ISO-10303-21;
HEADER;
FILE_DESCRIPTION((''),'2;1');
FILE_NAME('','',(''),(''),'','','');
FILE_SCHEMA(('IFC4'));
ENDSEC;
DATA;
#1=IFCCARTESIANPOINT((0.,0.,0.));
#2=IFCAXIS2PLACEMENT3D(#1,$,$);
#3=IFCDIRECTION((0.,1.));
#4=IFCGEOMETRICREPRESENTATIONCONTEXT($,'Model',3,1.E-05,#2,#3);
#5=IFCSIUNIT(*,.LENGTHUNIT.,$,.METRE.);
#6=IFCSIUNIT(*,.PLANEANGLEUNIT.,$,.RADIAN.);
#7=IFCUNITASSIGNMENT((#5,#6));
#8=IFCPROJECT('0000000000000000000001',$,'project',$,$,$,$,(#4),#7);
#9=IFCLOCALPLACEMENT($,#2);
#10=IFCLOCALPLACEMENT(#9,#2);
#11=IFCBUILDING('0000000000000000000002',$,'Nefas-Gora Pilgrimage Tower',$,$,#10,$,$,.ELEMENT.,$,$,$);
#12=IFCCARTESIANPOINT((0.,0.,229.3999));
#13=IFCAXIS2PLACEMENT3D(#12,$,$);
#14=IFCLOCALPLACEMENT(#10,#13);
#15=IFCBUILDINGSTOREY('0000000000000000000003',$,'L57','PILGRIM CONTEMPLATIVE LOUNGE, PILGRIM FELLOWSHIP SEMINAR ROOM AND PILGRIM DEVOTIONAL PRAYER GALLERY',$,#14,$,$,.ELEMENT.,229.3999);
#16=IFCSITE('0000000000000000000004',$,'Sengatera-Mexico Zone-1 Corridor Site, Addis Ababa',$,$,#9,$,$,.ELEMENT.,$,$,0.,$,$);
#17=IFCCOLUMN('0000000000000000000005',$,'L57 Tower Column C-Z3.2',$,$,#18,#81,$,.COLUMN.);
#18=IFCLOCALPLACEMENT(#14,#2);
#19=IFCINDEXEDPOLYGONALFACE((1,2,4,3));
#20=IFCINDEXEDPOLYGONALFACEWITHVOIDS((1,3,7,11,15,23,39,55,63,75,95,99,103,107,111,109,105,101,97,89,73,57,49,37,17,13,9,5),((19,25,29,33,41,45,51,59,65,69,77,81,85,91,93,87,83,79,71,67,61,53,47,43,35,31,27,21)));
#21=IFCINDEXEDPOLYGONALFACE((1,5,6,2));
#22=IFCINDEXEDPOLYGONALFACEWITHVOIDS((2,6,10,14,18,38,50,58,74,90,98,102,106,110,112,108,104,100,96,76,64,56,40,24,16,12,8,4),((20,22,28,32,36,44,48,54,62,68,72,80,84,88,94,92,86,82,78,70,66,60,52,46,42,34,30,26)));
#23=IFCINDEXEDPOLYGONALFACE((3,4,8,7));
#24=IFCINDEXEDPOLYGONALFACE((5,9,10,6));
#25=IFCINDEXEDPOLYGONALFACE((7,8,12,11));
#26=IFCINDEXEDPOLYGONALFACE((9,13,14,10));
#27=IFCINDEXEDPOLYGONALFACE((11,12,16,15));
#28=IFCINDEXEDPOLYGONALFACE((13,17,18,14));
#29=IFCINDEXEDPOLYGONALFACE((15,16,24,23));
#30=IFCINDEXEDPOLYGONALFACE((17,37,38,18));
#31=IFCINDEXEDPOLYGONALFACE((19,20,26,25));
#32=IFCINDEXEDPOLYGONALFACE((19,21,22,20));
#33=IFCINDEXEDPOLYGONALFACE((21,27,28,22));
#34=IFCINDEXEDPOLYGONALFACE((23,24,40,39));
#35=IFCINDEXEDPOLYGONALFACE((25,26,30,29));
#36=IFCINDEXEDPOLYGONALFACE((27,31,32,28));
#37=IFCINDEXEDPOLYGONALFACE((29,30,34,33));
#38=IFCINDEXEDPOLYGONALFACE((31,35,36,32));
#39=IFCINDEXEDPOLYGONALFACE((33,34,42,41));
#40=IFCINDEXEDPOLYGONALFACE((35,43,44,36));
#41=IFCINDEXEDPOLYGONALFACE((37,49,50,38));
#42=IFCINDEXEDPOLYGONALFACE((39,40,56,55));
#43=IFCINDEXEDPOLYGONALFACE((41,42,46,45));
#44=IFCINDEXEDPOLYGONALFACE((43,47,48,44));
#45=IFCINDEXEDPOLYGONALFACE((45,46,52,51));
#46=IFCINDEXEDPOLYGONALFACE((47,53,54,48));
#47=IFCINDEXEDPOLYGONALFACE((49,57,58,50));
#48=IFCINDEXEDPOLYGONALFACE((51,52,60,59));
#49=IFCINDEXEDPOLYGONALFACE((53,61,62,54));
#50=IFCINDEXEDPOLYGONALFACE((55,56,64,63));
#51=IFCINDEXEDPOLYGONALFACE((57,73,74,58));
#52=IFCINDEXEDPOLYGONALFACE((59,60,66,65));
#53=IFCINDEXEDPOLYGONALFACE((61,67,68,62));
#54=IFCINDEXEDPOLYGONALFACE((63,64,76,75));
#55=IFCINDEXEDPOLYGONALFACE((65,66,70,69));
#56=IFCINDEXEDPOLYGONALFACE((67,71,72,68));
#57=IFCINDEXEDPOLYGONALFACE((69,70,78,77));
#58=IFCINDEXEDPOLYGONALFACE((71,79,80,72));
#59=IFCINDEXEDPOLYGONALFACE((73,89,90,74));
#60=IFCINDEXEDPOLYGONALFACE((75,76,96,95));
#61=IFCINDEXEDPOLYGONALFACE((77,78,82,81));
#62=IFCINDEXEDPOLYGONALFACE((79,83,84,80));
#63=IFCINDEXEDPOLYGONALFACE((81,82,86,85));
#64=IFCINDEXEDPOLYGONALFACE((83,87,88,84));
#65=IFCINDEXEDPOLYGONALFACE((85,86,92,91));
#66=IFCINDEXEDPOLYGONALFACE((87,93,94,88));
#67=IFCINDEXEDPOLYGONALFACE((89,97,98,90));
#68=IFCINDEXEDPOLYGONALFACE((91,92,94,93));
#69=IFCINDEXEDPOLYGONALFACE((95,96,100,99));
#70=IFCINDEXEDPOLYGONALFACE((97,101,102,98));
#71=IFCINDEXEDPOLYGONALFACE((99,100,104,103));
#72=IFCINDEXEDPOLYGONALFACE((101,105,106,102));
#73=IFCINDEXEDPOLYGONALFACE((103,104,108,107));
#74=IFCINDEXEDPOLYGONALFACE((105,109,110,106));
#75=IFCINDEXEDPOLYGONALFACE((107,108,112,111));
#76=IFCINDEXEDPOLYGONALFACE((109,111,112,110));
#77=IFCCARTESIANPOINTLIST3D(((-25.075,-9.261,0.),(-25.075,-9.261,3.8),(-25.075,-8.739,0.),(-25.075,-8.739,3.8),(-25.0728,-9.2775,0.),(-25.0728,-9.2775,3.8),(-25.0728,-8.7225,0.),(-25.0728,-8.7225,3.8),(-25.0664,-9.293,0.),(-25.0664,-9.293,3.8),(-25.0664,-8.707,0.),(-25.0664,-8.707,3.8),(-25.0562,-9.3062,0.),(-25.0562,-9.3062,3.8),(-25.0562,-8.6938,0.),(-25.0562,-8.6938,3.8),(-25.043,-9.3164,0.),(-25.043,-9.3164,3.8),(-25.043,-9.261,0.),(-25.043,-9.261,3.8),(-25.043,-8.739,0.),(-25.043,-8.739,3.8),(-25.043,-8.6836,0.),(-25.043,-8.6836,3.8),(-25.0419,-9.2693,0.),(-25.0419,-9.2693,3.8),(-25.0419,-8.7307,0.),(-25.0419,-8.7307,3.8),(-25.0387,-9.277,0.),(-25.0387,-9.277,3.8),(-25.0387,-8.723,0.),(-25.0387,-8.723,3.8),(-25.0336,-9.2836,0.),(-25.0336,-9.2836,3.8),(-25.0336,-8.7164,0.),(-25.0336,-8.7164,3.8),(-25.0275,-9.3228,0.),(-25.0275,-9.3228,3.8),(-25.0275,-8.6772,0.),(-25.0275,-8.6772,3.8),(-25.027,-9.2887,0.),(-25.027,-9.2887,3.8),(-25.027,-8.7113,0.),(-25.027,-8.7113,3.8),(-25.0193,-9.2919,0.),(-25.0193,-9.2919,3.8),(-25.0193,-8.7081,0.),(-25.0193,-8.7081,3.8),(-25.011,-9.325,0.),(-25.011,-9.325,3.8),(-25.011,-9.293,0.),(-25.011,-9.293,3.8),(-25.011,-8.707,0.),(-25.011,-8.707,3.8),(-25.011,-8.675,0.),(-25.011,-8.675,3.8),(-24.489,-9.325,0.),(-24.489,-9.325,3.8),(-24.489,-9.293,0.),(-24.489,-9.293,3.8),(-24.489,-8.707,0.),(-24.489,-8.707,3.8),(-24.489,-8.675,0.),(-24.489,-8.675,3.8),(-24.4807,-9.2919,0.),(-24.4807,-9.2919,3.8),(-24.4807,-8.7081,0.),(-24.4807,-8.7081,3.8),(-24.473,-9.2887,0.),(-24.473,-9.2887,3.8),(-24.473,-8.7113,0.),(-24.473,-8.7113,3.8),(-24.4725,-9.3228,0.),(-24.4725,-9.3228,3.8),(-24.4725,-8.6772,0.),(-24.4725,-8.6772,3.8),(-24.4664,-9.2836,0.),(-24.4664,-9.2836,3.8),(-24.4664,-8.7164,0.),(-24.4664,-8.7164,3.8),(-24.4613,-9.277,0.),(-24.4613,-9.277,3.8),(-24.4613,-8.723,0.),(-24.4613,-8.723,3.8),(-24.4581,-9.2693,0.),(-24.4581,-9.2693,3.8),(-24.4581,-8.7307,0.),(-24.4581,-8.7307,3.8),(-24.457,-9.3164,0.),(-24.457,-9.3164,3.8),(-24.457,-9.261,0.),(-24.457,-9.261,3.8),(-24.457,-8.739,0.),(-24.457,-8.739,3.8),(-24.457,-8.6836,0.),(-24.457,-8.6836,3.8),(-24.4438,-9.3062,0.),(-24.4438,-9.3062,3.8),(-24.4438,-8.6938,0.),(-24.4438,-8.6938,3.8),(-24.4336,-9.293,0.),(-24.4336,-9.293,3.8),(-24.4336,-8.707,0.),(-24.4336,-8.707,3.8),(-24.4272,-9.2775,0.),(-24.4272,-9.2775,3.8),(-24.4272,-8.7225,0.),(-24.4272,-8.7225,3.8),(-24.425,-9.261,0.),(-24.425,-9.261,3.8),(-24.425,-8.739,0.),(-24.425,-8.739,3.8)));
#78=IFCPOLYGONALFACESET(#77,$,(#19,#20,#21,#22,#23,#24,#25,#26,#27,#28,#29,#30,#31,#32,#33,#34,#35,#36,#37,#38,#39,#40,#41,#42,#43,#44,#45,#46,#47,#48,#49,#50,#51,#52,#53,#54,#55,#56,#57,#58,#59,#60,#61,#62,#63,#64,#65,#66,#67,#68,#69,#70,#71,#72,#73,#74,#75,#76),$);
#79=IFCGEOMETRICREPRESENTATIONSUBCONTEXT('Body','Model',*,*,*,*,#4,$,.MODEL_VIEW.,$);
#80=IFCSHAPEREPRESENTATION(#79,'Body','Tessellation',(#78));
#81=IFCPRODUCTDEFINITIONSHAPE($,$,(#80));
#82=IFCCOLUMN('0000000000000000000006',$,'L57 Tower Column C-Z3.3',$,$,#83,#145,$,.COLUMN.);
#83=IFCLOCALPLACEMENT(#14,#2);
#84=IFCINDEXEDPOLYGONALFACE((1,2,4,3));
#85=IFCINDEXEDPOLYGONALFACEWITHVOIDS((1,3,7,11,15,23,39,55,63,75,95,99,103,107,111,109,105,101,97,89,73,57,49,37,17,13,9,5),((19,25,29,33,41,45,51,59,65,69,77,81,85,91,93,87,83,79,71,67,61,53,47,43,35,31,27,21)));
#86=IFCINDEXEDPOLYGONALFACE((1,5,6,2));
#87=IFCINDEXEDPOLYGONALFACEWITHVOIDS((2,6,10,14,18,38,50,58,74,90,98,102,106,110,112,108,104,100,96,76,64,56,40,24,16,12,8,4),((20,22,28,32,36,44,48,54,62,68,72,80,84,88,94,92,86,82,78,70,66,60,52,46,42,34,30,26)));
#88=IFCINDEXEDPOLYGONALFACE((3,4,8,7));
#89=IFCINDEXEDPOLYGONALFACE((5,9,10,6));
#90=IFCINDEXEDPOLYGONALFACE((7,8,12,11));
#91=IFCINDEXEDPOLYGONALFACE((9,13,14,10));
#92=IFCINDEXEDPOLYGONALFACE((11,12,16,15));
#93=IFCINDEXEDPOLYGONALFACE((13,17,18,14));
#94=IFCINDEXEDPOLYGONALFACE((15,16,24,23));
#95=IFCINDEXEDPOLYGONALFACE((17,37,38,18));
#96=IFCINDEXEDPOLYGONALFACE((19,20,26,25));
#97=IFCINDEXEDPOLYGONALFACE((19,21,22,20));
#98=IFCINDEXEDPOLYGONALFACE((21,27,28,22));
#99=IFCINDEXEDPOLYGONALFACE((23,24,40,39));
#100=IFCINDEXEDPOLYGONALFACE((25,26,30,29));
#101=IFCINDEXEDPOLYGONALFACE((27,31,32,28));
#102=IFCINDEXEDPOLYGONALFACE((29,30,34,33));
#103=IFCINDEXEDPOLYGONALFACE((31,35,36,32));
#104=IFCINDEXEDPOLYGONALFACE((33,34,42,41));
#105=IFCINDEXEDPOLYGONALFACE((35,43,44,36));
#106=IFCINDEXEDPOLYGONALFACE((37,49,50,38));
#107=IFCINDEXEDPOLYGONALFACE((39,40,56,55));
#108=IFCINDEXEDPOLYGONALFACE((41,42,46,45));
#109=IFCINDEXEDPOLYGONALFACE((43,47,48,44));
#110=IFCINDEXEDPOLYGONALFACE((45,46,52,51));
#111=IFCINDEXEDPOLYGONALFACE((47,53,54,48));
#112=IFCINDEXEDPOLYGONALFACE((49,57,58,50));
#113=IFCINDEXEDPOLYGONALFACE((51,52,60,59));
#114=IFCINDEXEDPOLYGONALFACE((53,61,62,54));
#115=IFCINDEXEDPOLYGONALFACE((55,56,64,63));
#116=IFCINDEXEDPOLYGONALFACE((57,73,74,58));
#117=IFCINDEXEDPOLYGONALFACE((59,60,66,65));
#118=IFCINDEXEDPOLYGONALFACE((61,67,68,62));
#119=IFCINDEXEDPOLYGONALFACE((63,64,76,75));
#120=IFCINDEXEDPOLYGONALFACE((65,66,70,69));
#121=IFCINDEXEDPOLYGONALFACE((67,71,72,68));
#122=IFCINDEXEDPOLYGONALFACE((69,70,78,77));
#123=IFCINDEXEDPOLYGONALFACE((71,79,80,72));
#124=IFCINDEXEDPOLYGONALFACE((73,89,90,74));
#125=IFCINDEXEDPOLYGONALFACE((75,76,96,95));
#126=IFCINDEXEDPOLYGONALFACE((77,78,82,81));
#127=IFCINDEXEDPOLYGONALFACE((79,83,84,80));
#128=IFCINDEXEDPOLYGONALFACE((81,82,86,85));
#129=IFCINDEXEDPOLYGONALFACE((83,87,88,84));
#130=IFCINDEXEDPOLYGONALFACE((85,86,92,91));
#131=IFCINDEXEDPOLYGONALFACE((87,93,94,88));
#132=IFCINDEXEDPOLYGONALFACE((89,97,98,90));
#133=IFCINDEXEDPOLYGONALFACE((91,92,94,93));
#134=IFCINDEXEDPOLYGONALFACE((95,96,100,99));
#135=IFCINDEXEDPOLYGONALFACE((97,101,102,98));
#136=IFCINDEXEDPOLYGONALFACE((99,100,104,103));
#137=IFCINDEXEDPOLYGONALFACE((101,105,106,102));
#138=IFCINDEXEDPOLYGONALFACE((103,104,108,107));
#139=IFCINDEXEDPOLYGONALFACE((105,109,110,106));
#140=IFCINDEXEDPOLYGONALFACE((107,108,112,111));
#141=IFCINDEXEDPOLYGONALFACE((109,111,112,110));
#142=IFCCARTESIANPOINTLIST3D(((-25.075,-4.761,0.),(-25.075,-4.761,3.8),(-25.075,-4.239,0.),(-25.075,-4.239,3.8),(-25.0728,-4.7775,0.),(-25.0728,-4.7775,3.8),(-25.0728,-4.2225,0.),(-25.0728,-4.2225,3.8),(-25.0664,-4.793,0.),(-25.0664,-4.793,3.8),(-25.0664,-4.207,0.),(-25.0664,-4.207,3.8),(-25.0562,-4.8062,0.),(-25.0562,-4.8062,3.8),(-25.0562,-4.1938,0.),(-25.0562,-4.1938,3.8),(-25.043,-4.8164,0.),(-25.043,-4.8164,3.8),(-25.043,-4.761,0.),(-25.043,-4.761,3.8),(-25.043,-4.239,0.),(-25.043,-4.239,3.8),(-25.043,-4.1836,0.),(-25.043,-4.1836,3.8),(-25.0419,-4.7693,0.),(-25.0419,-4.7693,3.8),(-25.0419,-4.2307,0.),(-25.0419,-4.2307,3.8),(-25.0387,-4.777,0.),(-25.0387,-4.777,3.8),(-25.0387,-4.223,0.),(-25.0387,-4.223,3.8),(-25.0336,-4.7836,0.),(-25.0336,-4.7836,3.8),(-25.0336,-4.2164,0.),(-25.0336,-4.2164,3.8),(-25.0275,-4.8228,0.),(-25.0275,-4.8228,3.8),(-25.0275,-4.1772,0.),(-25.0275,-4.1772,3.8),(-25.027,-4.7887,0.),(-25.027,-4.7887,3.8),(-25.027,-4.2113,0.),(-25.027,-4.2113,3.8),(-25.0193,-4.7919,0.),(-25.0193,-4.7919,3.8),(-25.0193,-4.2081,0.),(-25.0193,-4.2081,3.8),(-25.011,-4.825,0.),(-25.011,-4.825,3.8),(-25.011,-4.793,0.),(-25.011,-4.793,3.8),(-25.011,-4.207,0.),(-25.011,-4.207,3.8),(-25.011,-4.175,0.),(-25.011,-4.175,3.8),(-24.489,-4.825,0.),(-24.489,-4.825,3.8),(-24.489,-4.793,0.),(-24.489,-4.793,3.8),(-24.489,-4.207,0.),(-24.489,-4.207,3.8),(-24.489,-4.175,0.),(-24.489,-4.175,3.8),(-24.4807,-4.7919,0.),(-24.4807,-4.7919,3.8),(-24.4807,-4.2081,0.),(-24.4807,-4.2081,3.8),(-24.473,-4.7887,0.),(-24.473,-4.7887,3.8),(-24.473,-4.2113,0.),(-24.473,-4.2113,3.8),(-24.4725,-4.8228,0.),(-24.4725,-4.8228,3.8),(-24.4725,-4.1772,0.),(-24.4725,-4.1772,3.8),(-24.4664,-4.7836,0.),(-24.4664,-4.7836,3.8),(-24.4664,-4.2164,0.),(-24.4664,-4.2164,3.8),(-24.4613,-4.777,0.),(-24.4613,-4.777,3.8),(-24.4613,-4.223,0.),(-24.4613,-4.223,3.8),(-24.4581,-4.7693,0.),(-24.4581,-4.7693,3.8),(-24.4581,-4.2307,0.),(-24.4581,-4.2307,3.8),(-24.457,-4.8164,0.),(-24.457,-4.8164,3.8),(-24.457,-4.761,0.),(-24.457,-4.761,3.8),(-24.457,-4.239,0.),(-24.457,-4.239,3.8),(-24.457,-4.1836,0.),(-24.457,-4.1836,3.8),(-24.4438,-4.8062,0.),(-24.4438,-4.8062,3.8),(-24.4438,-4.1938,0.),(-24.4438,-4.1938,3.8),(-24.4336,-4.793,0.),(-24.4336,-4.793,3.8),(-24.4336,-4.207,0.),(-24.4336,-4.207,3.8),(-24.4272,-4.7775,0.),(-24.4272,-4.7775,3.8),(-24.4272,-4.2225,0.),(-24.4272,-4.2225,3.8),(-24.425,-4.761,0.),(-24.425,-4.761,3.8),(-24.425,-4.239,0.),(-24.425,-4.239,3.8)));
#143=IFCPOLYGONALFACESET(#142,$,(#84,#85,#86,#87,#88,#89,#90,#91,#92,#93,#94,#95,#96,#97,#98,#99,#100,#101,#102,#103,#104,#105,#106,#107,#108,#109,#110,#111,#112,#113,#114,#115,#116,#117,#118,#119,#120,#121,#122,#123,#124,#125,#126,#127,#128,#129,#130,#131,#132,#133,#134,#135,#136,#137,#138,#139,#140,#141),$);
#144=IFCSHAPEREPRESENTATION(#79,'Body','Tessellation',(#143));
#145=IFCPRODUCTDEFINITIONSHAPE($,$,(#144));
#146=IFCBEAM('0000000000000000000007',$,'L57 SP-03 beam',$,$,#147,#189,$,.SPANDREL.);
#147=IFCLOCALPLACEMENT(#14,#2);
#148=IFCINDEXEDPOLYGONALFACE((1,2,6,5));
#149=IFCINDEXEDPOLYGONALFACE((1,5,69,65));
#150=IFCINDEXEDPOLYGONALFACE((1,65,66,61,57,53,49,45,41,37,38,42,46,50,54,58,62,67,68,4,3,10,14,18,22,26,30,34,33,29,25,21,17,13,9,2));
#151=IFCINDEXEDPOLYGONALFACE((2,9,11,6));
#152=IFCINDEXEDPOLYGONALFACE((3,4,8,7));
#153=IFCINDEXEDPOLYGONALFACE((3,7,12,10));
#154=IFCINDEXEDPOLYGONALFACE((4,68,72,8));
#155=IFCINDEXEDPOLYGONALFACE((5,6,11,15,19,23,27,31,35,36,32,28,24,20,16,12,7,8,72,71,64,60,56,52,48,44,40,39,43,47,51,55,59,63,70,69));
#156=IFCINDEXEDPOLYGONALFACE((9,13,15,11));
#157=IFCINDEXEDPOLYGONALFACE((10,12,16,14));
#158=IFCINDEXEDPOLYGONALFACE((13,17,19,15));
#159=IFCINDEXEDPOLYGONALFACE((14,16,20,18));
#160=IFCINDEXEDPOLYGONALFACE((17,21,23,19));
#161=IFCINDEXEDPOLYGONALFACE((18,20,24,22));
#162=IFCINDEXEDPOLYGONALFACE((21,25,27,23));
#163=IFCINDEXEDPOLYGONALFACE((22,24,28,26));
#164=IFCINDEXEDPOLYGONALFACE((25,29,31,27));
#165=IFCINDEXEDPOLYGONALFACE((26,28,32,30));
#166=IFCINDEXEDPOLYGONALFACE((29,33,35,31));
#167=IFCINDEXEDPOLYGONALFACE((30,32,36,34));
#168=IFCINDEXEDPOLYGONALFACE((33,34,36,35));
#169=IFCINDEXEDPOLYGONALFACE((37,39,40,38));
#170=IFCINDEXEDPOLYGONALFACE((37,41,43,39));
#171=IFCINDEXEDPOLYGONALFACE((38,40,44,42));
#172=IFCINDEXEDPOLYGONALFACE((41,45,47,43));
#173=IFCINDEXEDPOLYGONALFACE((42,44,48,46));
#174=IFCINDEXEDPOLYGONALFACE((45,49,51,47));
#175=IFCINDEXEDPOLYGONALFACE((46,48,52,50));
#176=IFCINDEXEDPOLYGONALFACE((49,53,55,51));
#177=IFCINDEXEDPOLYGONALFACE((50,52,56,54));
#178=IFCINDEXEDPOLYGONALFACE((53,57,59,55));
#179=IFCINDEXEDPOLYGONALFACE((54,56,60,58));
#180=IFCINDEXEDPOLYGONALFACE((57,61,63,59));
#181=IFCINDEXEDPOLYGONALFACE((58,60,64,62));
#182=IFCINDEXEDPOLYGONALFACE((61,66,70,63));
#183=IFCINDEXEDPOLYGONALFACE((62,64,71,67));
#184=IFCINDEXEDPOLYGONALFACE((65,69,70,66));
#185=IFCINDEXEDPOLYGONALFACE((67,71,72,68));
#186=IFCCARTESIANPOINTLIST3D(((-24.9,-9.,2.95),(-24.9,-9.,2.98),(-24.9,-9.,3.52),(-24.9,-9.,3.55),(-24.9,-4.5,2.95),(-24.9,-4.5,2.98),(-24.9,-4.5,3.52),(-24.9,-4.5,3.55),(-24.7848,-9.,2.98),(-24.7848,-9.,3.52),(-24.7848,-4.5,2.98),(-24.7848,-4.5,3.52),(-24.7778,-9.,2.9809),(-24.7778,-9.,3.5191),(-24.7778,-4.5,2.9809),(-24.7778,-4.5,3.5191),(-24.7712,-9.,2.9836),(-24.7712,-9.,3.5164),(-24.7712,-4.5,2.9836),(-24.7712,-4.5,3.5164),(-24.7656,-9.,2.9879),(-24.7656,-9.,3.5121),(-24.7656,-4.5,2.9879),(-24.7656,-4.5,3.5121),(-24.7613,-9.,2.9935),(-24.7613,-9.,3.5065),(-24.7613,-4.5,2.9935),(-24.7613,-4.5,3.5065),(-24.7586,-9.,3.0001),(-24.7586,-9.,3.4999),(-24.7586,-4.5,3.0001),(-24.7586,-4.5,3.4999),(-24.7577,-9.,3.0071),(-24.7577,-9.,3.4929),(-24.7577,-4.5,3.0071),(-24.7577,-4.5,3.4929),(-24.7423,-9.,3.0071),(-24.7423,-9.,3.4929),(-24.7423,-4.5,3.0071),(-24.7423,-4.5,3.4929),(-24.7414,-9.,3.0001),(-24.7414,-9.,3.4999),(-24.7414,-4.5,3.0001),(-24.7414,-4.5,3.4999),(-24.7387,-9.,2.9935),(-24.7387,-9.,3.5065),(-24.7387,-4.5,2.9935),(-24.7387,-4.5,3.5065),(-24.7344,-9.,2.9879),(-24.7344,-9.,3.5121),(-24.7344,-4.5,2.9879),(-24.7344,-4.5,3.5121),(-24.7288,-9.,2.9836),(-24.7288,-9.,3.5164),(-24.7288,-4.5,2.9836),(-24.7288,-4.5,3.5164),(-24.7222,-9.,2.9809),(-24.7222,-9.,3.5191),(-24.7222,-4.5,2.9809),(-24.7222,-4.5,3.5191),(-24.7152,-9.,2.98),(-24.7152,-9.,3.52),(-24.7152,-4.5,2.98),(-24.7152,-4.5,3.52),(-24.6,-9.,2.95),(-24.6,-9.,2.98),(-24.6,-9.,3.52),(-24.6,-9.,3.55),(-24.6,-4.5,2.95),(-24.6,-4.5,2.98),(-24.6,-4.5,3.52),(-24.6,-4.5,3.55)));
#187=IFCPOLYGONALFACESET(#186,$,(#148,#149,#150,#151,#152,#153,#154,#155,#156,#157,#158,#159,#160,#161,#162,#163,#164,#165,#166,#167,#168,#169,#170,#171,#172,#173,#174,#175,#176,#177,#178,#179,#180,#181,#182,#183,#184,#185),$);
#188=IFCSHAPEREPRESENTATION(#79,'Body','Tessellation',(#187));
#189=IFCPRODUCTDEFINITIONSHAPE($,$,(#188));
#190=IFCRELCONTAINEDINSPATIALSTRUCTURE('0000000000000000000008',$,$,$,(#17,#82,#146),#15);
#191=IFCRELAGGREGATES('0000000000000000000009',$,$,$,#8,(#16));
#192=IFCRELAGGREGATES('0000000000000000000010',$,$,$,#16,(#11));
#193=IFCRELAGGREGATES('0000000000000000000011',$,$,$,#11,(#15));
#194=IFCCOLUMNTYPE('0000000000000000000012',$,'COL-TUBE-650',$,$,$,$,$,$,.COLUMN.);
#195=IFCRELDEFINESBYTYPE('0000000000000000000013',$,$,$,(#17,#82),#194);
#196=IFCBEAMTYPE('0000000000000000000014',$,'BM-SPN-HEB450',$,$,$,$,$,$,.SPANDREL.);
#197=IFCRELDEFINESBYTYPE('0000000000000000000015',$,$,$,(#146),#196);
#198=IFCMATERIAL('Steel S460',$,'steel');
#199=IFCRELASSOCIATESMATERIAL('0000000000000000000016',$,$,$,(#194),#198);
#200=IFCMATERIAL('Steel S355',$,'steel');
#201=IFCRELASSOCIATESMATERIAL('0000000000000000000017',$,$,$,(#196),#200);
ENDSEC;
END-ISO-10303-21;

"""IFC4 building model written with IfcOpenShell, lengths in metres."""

from ifc_helpers import new_model, si_unit, direction, frame, origin, origin_2d, place, context, subcontext, project, spatial, hollow_rectangle, i_section, extrude, source, transform, mapped, material, material_profile, profile_set, type_object, element, save


model = new_model("IFC4")

# Units and contexts
model_context = context("Model", 3, precision=1e-05, world=origin(), true_north=direction((0.0, 1.0)))
body_context = subcontext(model_context, "Body", "Model", "MODEL_VIEW")
ifc_project = project(units=[si_unit("LENGTHUNIT", "METRE"), si_unit("PLANEANGLEUNIT", "RADIAN")], contexts=[model_context])

# Site, building, storey
site_placement = place(None, origin())
site = spatial("IfcSite", under=ifc_project, at=site_placement, Name="Sengatera-Mexico Zone-1 Corridor Site, Addis Ababa", CompositionType="ELEMENT", RefElevation=0.0)
building_placement = place(site_placement, origin())
building = spatial("IfcBuilding", under=site, at=building_placement, Name="Nefas-Gora Pilgrimage Tower", CompositionType="ELEMENT")
storey_placement = place(building_placement, frame((0.0, 0.0, 229.3999)))
storey = spatial("IfcBuildingStorey", under=building, at=storey_placement, Name="L57", Description="PILGRIM CONTEMPLATIVE LOUNGE, PILGRIM FELLOWSHIP SEMINAR ROOM AND PILGRIM DEVOTIONAL PRAYER GALLERY", CompositionType="ELEMENT", Elevation=229.3999)

# Columns
ifc_material_1 = material(Name="Steel S460", Category="steel")
ifc_material_profile_1 = material_profile(ifc_material_1, hollow_rectangle(XDim=0.6499, YDim=0.6499, WallThickness=0.032, InnerFilletRadius=0.032, OuterFilletRadius=0.064, at=origin_2d()), Name="BOX 650x650x32")
ifc_profile_set_1 = profile_set([ifc_material_profile_1], Name="Steel S460")
column_type_1 = type_object("IfcColumnType", Name="COL-TUBE-650", PredefinedType="COLUMN", material=ifc_profile_set_1)
shared_shape_1 = source(origin(), body_context, "Body", "SweptSolid", [
    extrude(hollow_rectangle(XDim=0.6499, YDim=0.6499, WallThickness=0.032, InnerFilletRadius=0.032, OuterFilletRadius=0.064, at=origin_2d()), origin(), (0.0, 0.0, 1.0), 3.8),
])
for number, where, z_axis, x_axis, name in (
    (1, (-24.75, -9.0, 0.0), (0.0, 0.0, 1.0), (1.0, 0.0, 0.0), "L57 Tower Column C-Z3.2"),
    (2, (-24.75, -4.5, 0.0), (0.0, 0.0, 1.0), (1.0, 0.0, 0.0), "L57 Tower Column C-Z3.3"),
):
    element("IfcColumn", number, at=place(storey_placement, frame(where, z_axis=z_axis, x_axis=x_axis)), inside=storey, type_object=column_type_1, Name=name, PredefinedType="COLUMN", context=body_context, shape_type="MappedRepresentation", body=[
        mapped(shared_shape_1, transform((0.0, 0.0, 0.0), x_axis=(1.0, 0.0, 0.0), y_axis=(0.0, 1.0, 0.0), z_axis=(0.0, 0.0, 1.0), scale=1.0)),
    ])

# Beam
ifc_material_2 = material(Name="Steel S355", Category="steel")
ifc_material_profile_2 = material_profile(ifc_material_2, i_section(OverallWidth=0.3, OverallDepth=0.6001, WebThickness=0.0154, FlangeThickness=0.03, FilletRadius=0.0271, at=origin_2d()), Name="HEB 600")
ifc_profile_set_2 = profile_set([ifc_material_profile_2], Name="Steel S355")
beam_type_1 = type_object("IfcBeamType", Name="BM-SPN-HEB450", PredefinedType="SPANDREL", material=ifc_profile_set_2)
shared_shape_2 = source(origin(), body_context, "Body", "SweptSolid", [
    extrude(i_section(OverallWidth=0.3, OverallDepth=0.6001, WebThickness=0.0154, FlangeThickness=0.03, FilletRadius=0.0271, at=origin_2d()), origin(), (0.0, 0.0, 1.0), 4.5),
])
for number, where, z_axis, x_axis, name in (
    (3, (-24.75, -9.0, 3.25), (0.0, 1.0, 0.0), (-1.0, 0.0, 0.0), "L57 SP-03 beam"),
):
    element("IfcBeam", number, at=place(storey_placement, frame(where, z_axis=z_axis, x_axis=x_axis)), inside=storey, type_object=beam_type_1, Name=name, PredefinedType="SPANDREL", context=body_context, shape_type="MappedRepresentation", body=[
        mapped(shared_shape_2, transform((0.0, 0.0, 0.0), x_axis=(1.0, 0.0, 0.0), y_axis=(0.0, 1.0, 0.0), z_axis=(0.0, 0.0, 1.0), scale=1.0)),
    ])

save(model, "model.ifc")
